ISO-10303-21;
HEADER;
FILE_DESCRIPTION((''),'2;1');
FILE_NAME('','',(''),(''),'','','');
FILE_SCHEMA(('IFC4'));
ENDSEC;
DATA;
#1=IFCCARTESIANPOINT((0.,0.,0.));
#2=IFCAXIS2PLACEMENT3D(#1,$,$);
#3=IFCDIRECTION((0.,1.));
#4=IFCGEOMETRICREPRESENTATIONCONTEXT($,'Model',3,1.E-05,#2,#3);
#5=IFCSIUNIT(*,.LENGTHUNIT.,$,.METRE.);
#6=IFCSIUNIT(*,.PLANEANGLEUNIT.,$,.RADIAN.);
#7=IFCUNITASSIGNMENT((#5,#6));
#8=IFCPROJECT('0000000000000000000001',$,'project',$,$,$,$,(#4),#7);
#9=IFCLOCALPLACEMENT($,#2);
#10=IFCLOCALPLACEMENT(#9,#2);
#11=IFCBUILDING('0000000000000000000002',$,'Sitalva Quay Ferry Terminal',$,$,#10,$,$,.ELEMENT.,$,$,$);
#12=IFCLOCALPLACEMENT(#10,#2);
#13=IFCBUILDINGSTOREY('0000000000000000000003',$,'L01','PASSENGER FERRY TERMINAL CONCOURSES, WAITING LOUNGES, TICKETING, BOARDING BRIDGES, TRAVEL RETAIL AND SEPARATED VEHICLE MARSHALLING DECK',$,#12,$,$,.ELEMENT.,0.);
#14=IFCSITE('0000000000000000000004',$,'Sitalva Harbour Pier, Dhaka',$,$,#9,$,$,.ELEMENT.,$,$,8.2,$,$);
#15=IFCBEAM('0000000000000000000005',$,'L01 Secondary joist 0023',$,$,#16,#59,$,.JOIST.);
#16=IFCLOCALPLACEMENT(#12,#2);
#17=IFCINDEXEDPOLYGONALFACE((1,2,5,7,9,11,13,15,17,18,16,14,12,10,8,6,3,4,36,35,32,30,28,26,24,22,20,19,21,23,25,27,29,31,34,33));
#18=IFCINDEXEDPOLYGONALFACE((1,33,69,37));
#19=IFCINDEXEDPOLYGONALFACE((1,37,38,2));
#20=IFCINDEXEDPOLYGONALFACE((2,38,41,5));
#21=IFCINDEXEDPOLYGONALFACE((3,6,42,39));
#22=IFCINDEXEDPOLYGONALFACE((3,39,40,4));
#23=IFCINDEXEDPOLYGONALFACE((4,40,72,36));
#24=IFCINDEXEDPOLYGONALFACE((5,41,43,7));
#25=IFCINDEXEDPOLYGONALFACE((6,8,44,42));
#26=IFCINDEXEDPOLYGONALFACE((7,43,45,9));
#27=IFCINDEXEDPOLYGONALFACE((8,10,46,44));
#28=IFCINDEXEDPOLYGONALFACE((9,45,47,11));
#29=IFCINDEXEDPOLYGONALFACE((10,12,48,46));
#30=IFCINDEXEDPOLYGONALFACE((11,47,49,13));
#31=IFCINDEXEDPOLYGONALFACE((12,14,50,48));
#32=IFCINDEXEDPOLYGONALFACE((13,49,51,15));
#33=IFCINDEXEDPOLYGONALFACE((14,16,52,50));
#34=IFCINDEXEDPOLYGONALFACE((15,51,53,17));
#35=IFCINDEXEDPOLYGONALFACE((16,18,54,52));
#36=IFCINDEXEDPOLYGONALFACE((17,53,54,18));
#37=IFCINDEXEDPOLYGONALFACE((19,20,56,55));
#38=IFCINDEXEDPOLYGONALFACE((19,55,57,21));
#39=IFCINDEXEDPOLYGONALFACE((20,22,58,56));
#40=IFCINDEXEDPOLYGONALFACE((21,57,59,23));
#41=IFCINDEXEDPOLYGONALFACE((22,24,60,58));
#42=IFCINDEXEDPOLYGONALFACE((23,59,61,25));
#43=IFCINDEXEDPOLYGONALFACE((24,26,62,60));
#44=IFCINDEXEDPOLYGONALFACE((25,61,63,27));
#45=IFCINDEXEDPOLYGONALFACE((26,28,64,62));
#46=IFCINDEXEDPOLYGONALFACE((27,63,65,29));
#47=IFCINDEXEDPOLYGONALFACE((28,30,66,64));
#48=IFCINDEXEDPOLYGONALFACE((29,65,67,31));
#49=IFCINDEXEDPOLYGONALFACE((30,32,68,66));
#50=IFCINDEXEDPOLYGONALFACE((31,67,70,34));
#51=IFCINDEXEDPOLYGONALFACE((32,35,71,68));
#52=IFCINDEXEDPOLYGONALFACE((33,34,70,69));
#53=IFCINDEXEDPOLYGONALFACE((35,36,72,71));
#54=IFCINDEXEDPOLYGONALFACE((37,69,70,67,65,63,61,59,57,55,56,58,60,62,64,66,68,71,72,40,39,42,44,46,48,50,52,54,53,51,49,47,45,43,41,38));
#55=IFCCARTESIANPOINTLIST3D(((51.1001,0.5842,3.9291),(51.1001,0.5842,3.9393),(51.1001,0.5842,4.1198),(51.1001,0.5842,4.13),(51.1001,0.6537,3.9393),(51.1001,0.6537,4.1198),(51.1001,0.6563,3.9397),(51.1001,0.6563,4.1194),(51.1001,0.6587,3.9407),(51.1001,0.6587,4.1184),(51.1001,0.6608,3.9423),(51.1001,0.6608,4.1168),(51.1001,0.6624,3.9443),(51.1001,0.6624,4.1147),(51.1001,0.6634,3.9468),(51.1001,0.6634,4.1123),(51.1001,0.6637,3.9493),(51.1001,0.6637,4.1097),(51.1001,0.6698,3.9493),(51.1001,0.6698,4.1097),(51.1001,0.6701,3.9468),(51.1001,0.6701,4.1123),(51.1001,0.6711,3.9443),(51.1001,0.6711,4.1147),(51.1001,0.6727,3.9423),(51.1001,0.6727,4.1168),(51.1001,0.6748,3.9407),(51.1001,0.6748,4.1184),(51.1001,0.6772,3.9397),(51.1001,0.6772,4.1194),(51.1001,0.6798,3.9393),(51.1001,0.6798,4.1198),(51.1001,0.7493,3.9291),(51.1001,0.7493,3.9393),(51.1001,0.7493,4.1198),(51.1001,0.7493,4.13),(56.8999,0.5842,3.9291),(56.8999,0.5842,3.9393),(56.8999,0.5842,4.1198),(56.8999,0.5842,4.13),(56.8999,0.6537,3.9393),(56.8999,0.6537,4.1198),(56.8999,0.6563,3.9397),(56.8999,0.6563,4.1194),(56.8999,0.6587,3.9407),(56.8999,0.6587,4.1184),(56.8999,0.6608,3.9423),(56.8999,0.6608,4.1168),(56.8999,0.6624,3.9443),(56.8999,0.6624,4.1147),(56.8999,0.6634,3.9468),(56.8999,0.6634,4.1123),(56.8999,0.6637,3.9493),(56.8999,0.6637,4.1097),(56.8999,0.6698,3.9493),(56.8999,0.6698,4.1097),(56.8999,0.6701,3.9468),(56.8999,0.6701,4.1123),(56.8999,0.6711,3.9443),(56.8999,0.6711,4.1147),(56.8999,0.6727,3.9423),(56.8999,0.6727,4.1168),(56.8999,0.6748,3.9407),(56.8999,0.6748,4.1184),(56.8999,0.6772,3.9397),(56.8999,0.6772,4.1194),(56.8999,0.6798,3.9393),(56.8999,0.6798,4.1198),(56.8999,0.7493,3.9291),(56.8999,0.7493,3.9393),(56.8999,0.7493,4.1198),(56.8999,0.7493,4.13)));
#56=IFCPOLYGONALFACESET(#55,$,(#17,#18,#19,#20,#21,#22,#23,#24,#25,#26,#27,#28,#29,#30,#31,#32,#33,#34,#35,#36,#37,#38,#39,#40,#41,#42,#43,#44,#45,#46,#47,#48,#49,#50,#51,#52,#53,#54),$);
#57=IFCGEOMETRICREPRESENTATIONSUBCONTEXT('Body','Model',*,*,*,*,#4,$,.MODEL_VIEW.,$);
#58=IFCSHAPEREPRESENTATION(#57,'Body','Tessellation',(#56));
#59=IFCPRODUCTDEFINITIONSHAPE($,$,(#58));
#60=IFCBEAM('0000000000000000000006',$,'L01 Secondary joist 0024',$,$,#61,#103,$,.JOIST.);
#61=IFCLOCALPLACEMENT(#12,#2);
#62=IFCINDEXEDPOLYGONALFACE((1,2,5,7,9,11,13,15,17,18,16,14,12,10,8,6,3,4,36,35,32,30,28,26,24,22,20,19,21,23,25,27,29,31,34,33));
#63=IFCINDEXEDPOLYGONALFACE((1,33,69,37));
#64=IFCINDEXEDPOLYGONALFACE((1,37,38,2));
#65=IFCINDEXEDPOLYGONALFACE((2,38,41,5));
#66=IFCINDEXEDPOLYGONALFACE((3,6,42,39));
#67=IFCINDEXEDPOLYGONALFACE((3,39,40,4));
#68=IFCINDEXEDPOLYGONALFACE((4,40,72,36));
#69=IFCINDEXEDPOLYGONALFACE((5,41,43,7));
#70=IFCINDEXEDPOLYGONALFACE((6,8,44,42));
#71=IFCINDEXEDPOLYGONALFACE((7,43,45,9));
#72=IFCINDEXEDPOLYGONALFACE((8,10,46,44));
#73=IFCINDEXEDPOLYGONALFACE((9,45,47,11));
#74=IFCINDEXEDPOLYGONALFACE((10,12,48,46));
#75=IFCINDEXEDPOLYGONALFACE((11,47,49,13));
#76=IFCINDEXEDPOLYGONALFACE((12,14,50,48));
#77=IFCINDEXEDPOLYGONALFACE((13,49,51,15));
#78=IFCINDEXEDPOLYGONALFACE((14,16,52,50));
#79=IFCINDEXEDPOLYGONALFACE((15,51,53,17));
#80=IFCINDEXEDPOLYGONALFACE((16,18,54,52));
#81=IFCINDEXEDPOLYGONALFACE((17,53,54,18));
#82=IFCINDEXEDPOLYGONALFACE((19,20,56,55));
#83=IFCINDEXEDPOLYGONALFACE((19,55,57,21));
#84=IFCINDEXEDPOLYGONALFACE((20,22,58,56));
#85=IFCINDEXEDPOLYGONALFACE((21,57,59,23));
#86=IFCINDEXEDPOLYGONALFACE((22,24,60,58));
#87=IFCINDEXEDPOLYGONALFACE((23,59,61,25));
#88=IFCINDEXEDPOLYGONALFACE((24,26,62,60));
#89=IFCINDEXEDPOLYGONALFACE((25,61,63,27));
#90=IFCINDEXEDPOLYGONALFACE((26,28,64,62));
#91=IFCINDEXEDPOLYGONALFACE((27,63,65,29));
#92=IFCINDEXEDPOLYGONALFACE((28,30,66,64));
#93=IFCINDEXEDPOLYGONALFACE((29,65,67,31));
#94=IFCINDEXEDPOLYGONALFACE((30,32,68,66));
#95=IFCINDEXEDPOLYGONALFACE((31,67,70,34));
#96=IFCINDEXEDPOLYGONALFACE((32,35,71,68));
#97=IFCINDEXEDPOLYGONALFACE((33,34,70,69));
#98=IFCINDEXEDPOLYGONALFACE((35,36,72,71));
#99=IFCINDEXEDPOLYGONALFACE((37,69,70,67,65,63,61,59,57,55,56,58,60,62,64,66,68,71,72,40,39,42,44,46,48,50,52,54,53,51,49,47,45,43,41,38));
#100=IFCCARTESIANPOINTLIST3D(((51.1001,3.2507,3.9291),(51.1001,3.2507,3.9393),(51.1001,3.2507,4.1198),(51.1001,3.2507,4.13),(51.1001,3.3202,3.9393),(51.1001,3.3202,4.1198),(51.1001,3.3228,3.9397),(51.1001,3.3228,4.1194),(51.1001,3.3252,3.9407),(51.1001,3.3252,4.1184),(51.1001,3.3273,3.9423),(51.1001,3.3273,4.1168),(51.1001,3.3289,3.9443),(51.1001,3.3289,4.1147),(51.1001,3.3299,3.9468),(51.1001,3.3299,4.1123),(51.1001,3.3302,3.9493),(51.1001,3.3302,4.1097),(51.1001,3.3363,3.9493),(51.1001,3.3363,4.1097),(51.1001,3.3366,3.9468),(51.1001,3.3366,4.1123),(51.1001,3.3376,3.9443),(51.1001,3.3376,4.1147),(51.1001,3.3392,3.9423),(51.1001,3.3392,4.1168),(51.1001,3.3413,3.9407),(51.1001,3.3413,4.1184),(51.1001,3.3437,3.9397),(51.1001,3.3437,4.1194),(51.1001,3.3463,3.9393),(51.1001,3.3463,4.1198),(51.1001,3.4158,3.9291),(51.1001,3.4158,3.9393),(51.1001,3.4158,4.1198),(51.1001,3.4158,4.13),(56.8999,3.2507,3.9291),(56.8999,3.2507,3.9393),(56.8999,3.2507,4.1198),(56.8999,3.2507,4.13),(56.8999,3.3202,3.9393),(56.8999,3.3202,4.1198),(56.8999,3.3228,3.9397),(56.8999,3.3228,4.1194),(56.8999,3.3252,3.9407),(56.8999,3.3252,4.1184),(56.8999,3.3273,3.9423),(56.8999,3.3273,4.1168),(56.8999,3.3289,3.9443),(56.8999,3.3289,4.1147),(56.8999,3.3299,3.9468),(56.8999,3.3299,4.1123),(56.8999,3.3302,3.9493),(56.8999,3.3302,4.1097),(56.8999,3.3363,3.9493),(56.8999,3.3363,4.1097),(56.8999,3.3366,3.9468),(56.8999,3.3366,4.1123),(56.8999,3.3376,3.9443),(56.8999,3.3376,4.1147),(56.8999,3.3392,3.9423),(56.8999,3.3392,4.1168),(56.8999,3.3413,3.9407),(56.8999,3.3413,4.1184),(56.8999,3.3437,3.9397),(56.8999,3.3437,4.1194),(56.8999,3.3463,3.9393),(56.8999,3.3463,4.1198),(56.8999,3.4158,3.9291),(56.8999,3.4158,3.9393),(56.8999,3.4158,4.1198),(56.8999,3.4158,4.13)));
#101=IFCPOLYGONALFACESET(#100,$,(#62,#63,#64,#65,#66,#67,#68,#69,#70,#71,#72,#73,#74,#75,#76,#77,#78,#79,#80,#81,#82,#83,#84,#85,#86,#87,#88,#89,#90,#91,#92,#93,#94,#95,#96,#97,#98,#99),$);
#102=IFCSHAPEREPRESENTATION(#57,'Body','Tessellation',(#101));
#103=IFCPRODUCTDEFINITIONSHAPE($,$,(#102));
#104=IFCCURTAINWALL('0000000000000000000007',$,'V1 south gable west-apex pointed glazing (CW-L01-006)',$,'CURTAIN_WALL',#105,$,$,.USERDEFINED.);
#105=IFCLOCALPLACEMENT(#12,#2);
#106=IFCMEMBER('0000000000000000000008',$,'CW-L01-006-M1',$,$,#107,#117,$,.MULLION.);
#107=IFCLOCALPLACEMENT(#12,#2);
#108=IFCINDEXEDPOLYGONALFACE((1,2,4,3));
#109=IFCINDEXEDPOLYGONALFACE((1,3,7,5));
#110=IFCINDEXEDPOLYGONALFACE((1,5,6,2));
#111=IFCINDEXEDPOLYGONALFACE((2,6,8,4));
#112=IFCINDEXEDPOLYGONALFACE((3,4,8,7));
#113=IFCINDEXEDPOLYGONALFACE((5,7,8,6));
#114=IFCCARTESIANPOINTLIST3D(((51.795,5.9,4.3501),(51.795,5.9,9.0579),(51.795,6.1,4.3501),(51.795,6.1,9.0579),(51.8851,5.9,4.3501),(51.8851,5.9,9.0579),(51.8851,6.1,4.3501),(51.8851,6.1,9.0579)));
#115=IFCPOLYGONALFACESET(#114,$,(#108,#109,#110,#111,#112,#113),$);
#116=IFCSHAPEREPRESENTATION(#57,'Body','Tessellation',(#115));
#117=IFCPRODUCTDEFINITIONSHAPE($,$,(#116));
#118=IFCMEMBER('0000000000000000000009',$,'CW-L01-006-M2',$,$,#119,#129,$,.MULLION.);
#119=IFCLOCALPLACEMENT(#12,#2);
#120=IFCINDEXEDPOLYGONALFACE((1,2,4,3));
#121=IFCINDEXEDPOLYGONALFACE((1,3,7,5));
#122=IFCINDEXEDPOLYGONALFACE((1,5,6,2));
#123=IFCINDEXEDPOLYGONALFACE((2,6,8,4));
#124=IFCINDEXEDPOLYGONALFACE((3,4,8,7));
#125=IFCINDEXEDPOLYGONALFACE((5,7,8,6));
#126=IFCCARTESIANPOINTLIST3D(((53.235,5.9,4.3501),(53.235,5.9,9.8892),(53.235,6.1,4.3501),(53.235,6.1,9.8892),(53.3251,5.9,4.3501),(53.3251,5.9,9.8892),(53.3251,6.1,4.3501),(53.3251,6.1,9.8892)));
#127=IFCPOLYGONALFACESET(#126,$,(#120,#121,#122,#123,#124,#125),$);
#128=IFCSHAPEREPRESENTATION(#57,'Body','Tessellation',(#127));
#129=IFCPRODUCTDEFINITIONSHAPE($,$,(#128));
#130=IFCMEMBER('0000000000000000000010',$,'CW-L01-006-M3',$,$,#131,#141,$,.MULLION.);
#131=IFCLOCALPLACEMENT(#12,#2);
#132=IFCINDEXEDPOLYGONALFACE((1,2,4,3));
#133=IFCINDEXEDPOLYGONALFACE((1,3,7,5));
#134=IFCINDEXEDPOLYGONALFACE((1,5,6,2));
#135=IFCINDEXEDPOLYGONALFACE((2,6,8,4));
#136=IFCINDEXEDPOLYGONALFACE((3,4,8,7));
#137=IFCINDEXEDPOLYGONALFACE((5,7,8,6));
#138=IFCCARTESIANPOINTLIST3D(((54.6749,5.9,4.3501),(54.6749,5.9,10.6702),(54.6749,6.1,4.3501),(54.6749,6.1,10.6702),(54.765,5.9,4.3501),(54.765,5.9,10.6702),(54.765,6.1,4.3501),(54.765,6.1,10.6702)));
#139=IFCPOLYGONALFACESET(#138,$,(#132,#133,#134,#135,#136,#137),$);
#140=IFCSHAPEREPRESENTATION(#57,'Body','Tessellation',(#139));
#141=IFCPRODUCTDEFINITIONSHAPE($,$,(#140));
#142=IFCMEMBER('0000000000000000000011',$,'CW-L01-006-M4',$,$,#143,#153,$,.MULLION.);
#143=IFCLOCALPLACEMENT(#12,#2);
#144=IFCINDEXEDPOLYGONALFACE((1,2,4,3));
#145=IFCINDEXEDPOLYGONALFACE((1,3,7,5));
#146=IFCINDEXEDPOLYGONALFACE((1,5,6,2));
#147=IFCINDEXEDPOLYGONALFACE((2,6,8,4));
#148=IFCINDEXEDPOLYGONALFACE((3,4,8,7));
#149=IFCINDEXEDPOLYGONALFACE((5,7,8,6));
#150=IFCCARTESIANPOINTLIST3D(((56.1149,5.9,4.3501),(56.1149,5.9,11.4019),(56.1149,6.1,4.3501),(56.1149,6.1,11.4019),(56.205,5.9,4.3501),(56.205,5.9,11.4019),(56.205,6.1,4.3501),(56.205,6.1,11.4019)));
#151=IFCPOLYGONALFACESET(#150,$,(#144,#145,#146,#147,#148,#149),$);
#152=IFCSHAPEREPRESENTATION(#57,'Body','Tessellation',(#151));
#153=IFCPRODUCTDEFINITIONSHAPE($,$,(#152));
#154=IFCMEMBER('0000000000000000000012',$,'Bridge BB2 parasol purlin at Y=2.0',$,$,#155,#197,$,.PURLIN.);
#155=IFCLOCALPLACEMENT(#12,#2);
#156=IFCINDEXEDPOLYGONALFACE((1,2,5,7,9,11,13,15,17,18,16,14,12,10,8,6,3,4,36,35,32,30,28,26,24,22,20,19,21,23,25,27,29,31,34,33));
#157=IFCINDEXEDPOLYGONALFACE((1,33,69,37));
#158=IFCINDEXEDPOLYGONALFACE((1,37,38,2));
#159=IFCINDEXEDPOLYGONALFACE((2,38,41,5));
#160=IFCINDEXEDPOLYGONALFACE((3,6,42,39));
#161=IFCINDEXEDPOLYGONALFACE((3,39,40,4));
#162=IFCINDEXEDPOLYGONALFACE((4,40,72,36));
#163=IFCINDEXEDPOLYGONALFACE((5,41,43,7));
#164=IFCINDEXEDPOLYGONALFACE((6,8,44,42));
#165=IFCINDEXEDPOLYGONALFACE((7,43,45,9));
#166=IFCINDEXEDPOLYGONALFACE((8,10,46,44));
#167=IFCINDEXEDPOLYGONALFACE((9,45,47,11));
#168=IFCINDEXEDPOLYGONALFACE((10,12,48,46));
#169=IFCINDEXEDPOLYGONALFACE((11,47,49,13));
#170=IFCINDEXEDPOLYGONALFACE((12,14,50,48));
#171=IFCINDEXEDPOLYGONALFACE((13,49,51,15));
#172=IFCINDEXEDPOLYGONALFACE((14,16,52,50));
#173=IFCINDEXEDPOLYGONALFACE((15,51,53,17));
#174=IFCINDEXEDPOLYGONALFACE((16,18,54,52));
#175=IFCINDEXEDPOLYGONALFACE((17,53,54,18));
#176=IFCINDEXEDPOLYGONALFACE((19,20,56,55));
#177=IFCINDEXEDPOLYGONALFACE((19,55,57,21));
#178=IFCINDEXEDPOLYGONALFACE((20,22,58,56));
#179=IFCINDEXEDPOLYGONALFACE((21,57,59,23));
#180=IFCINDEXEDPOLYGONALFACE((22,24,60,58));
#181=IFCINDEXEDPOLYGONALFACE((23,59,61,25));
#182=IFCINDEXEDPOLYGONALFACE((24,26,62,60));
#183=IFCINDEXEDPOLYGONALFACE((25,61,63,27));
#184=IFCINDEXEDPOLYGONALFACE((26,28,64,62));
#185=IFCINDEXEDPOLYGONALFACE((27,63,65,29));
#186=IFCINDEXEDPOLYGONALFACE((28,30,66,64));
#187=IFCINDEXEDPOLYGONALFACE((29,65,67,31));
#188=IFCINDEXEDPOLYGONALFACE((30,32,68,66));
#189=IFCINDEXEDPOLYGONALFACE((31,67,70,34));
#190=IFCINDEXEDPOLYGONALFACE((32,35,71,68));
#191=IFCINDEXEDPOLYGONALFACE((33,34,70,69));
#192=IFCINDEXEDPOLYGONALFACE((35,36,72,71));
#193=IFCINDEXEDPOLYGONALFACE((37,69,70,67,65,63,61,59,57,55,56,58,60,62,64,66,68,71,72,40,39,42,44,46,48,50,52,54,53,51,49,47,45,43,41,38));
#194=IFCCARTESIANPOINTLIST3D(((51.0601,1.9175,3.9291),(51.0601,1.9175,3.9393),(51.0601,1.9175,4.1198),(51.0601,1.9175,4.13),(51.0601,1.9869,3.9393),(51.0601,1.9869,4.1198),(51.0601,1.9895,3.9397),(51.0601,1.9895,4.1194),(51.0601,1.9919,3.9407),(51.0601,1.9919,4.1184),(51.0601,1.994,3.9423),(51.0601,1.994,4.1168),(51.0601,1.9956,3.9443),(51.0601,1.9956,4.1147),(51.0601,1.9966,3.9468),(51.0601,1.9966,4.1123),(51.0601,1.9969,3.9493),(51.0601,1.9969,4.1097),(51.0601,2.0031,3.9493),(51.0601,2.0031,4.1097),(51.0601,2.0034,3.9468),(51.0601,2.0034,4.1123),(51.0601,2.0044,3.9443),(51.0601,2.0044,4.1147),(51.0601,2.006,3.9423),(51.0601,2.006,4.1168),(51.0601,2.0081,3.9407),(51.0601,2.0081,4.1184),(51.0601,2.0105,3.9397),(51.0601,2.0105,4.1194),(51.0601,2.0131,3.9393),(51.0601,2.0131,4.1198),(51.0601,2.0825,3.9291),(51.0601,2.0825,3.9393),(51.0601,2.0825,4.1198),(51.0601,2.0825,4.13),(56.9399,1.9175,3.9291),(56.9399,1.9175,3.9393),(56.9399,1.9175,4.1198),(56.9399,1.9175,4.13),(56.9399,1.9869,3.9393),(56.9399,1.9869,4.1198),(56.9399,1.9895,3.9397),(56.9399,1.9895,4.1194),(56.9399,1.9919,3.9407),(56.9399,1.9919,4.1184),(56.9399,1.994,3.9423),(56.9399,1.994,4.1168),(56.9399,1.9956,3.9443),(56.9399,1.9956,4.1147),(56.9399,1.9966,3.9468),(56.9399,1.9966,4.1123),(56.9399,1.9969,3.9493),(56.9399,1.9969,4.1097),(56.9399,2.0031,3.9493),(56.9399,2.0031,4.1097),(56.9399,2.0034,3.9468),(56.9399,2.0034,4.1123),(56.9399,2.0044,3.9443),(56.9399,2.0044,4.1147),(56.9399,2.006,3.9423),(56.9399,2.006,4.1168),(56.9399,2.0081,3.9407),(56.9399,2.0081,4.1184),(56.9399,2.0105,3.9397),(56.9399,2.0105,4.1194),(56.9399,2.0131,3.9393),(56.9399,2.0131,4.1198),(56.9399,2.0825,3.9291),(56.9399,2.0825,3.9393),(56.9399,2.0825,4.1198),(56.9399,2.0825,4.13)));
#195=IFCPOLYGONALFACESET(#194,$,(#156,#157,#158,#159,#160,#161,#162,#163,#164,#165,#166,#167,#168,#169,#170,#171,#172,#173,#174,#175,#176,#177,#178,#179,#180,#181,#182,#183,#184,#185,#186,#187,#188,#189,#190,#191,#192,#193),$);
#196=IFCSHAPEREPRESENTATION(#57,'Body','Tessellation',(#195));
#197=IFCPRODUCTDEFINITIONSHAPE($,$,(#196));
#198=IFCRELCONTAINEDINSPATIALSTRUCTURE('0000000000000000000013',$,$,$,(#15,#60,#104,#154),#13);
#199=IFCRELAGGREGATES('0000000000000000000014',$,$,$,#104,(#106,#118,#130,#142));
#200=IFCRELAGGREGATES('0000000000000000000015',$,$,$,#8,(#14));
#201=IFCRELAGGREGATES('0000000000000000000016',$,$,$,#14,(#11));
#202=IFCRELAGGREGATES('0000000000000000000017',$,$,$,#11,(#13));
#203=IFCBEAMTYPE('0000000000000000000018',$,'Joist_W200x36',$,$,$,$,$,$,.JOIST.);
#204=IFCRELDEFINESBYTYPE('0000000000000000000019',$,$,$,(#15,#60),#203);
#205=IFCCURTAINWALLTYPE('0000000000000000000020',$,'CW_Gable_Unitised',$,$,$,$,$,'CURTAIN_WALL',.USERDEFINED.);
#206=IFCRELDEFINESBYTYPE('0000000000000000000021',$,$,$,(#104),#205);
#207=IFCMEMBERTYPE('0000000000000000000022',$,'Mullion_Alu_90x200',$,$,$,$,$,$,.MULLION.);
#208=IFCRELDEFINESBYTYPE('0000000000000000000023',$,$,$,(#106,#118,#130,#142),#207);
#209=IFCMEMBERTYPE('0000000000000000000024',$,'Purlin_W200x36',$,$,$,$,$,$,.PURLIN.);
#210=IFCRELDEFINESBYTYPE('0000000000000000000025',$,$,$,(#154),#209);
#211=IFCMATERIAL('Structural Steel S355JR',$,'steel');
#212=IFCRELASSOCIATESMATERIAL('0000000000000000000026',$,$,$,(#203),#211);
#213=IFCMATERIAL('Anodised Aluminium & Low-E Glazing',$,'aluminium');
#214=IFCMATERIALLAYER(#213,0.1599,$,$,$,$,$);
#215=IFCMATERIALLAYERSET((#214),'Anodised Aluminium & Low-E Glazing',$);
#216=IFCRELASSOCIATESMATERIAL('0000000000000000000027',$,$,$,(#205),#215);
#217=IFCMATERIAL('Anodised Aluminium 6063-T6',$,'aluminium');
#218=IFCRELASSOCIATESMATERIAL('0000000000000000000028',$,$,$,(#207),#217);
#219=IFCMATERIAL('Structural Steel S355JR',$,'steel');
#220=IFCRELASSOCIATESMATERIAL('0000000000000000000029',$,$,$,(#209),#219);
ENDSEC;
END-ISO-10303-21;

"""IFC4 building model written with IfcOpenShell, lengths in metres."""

from ifc_helpers import new_model, si_unit, direction, frame, origin, origin_2d, place, context, subcontext, project, spatial, rectangle, i_section, extrude, material, layer, layer_set, material_profile, profile_set, type_object, element, aggregate, save


model = new_model("IFC4")

# Units and contexts
model_context = context("Model", 3, precision=1e-05, world=origin(), true_north=direction((0.0, 1.0)))
body_context = subcontext(model_context, "Body", "Model", "MODEL_VIEW")
ifc_project = project(units=[si_unit("LENGTHUNIT", "METRE"), si_unit("PLANEANGLEUNIT", "RADIAN")], contexts=[model_context])

# Site, building, storey
site_placement = place(None, origin())
site = spatial("IfcSite", under=ifc_project, at=site_placement, Name="Sitalva Harbour Pier, Dhaka", CompositionType="ELEMENT", RefElevation=8.2)
building_placement = place(site_placement, origin())
building = spatial("IfcBuilding", under=site, at=building_placement, Name="Sitalva Quay Ferry Terminal", CompositionType="ELEMENT")
storey_placement = place(building_placement, origin())
storey = spatial("IfcBuildingStorey", under=building, at=storey_placement, Name="L01", Description="PASSENGER FERRY TERMINAL CONCOURSES, WAITING LOUNGES, TICKETING, BOARDING BRIDGES, TRAVEL RETAIL AND SEPARATED VEHICLE MARSHALLING DECK", CompositionType="ELEMENT", Elevation=0.0)

# Beams
ifc_material_1 = material(Name="Structural Steel S355JR", Category="steel")
ifc_material_profile_1 = material_profile(ifc_material_1, i_section(OverallWidth=0.165, OverallDepth=0.2009, WebThickness=0.0061, FlangeThickness=0.0103, FilletRadius=0.01, at=origin_2d()), Name="W200x36")
ifc_profile_set_1 = profile_set([ifc_material_profile_1], Name="Structural Steel S355JR")
beam_type = type_object("IfcBeamType", Name="Joist_W200x36", PredefinedType="JOIST", material=ifc_profile_set_1)
for number, where, z_axis, x_axis, name in (
    (1, (51.1001, 0.6667, 4.0295), (1.0, 0.0, 0.0), (0.0, 1.0, 0.0), "L01 Secondary joist 0023"),
    (2, (51.1001, 3.3333, 4.0295), (1.0, 0.0, 0.0), (0.0, 1.0, 0.0), "L01 Secondary joist 0024"),
):
    element("IfcBeam", number, at=place(storey_placement, frame(where, z_axis=z_axis, x_axis=x_axis)), inside=storey, type_object=beam_type, Name=name, PredefinedType="JOIST", context=body_context, shape_type="SweptSolid", body=[
        extrude(i_section(OverallWidth=0.165, OverallDepth=0.2009, WebThickness=0.0061, FlangeThickness=0.0103, FilletRadius=0.01, at=origin_2d()), origin(), (0.0, 0.0, 1.0), 5.7998),
    ])

# Curtain wall, members
ifc_material_2 = material(Name="Anodised Aluminium & Low-E Glazing", Category="aluminium")
ifc_layer_1 = layer(ifc_material_2, 0.1599)
ifc_layer_set_1 = layer_set([ifc_layer_1], Name="Anodised Aluminium & Low-E Glazing")
curtain_wall_type_1 = type_object("IfcCurtainWallType", Name="CW_Gable_Unitised", ElementType="CURTAIN_WALL", PredefinedType="USERDEFINED", material=ifc_layer_set_1)
curtain_wall_1_placement = place(storey_placement, origin())
curtain_wall_1 = element("IfcCurtainWall", 3, at=curtain_wall_1_placement, inside=storey, type_object=curtain_wall_type_1, Name="V1 south gable west-apex pointed glazing (CW-L01-006)", ObjectType="CURTAIN_WALL", PredefinedType="USERDEFINED")
ifc_material_3 = material(Name="Anodised Aluminium 6063-T6", Category="aluminium")
ifc_material_profile_2 = material_profile(ifc_material_3, rectangle(XDim=0.0901, YDim=0.2, at=origin_2d()), Name="ALU90x200")
ifc_profile_set_2 = profile_set([ifc_material_profile_2], Name="Anodised Aluminium 6063-T6")
member_type_1 = type_object("IfcMemberType", Name="Mullion_Alu_90x200", PredefinedType="MULLION", material=ifc_profile_set_2)
member_1_placement = place(storey_placement, frame((51.8401, 6.0, 4.3501), z_axis=(0.0, 0.0, 1.0), x_axis=(1.0, 0.0, 0.0)))
member_1 = element("IfcMember", 4, at=member_1_placement, type_object=member_type_1, Name="CW-L01-006-M1", PredefinedType="MULLION", context=body_context, shape_type="SweptSolid", body=[
    extrude(rectangle(XDim=0.0901, YDim=0.2, at=origin_2d()), origin(), (0.0, 0.0, 1.0), 4.7078),
])
member_2_placement = place(storey_placement, frame((53.28, 6.0, 4.3501), z_axis=(0.0, 0.0, 1.0), x_axis=(1.0, 0.0, 0.0)))
member_2 = element("IfcMember", 5, at=member_2_placement, type_object=member_type_1, Name="CW-L01-006-M2", PredefinedType="MULLION", context=body_context, shape_type="SweptSolid", body=[
    extrude(rectangle(XDim=0.0901, YDim=0.2, at=origin_2d()), origin(), (0.0, 0.0, 1.0), 5.5391),
])
member_3_placement = place(storey_placement, frame((54.72, 6.0, 4.3501), z_axis=(0.0, 0.0, 1.0), x_axis=(1.0, 0.0, 0.0)))
member_3 = element("IfcMember", 6, at=member_3_placement, type_object=member_type_1, Name="CW-L01-006-M3", PredefinedType="MULLION", context=body_context, shape_type="SweptSolid", body=[
    extrude(rectangle(XDim=0.0901, YDim=0.2, at=origin_2d()), origin(), (0.0, 0.0, 1.0), 6.3201),
])
member_4_placement = place(storey_placement, frame((56.1599, 6.0, 4.3501), z_axis=(0.0, 0.0, 1.0), x_axis=(1.0, 0.0, 0.0)))
member_4 = element("IfcMember", 7, at=member_4_placement, type_object=member_type_1, Name="CW-L01-006-M4", PredefinedType="MULLION", context=body_context, shape_type="SweptSolid", body=[
    extrude(rectangle(XDim=0.0901, YDim=0.2, at=origin_2d()), origin(), (0.0, 0.0, 1.0), 7.0518),
])

# Member
ifc_material_4 = material(Name="Structural Steel S355JR", Category="steel")
ifc_material_profile_3 = material_profile(ifc_material_4, i_section(OverallWidth=0.165, OverallDepth=0.2009, WebThickness=0.0061, FlangeThickness=0.0103, FilletRadius=0.01, at=origin_2d()), Name="W200x36")
ifc_profile_set_3 = profile_set([ifc_material_profile_3], Name="Structural Steel S355JR")
member_type_2 = type_object("IfcMemberType", Name="Purlin_W200x36", PredefinedType="PURLIN", material=ifc_profile_set_3)
for number, where, z_axis, x_axis, name in (
    (8, (51.0601, 2.0, 4.0295), (1.0, 0.0, 0.0), (0.0, 1.0, 0.0), "Bridge BB2 parasol purlin at Y=2.0"),
):
    element("IfcMember", number, at=place(storey_placement, frame(where, z_axis=z_axis, x_axis=x_axis)), inside=storey, type_object=member_type_2, Name=name, PredefinedType="PURLIN", context=body_context, shape_type="SweptSolid", body=[
        extrude(i_section(OverallWidth=0.165, OverallDepth=0.2009, WebThickness=0.0061, FlangeThickness=0.0103, FilletRadius=0.01, at=origin_2d()), origin(), (0.0, 0.0, 1.0), 5.8799),
    ])

aggregate(curtain_wall_1, [member_1, member_2, member_3, member_4])

save(model, "model.ifc")
